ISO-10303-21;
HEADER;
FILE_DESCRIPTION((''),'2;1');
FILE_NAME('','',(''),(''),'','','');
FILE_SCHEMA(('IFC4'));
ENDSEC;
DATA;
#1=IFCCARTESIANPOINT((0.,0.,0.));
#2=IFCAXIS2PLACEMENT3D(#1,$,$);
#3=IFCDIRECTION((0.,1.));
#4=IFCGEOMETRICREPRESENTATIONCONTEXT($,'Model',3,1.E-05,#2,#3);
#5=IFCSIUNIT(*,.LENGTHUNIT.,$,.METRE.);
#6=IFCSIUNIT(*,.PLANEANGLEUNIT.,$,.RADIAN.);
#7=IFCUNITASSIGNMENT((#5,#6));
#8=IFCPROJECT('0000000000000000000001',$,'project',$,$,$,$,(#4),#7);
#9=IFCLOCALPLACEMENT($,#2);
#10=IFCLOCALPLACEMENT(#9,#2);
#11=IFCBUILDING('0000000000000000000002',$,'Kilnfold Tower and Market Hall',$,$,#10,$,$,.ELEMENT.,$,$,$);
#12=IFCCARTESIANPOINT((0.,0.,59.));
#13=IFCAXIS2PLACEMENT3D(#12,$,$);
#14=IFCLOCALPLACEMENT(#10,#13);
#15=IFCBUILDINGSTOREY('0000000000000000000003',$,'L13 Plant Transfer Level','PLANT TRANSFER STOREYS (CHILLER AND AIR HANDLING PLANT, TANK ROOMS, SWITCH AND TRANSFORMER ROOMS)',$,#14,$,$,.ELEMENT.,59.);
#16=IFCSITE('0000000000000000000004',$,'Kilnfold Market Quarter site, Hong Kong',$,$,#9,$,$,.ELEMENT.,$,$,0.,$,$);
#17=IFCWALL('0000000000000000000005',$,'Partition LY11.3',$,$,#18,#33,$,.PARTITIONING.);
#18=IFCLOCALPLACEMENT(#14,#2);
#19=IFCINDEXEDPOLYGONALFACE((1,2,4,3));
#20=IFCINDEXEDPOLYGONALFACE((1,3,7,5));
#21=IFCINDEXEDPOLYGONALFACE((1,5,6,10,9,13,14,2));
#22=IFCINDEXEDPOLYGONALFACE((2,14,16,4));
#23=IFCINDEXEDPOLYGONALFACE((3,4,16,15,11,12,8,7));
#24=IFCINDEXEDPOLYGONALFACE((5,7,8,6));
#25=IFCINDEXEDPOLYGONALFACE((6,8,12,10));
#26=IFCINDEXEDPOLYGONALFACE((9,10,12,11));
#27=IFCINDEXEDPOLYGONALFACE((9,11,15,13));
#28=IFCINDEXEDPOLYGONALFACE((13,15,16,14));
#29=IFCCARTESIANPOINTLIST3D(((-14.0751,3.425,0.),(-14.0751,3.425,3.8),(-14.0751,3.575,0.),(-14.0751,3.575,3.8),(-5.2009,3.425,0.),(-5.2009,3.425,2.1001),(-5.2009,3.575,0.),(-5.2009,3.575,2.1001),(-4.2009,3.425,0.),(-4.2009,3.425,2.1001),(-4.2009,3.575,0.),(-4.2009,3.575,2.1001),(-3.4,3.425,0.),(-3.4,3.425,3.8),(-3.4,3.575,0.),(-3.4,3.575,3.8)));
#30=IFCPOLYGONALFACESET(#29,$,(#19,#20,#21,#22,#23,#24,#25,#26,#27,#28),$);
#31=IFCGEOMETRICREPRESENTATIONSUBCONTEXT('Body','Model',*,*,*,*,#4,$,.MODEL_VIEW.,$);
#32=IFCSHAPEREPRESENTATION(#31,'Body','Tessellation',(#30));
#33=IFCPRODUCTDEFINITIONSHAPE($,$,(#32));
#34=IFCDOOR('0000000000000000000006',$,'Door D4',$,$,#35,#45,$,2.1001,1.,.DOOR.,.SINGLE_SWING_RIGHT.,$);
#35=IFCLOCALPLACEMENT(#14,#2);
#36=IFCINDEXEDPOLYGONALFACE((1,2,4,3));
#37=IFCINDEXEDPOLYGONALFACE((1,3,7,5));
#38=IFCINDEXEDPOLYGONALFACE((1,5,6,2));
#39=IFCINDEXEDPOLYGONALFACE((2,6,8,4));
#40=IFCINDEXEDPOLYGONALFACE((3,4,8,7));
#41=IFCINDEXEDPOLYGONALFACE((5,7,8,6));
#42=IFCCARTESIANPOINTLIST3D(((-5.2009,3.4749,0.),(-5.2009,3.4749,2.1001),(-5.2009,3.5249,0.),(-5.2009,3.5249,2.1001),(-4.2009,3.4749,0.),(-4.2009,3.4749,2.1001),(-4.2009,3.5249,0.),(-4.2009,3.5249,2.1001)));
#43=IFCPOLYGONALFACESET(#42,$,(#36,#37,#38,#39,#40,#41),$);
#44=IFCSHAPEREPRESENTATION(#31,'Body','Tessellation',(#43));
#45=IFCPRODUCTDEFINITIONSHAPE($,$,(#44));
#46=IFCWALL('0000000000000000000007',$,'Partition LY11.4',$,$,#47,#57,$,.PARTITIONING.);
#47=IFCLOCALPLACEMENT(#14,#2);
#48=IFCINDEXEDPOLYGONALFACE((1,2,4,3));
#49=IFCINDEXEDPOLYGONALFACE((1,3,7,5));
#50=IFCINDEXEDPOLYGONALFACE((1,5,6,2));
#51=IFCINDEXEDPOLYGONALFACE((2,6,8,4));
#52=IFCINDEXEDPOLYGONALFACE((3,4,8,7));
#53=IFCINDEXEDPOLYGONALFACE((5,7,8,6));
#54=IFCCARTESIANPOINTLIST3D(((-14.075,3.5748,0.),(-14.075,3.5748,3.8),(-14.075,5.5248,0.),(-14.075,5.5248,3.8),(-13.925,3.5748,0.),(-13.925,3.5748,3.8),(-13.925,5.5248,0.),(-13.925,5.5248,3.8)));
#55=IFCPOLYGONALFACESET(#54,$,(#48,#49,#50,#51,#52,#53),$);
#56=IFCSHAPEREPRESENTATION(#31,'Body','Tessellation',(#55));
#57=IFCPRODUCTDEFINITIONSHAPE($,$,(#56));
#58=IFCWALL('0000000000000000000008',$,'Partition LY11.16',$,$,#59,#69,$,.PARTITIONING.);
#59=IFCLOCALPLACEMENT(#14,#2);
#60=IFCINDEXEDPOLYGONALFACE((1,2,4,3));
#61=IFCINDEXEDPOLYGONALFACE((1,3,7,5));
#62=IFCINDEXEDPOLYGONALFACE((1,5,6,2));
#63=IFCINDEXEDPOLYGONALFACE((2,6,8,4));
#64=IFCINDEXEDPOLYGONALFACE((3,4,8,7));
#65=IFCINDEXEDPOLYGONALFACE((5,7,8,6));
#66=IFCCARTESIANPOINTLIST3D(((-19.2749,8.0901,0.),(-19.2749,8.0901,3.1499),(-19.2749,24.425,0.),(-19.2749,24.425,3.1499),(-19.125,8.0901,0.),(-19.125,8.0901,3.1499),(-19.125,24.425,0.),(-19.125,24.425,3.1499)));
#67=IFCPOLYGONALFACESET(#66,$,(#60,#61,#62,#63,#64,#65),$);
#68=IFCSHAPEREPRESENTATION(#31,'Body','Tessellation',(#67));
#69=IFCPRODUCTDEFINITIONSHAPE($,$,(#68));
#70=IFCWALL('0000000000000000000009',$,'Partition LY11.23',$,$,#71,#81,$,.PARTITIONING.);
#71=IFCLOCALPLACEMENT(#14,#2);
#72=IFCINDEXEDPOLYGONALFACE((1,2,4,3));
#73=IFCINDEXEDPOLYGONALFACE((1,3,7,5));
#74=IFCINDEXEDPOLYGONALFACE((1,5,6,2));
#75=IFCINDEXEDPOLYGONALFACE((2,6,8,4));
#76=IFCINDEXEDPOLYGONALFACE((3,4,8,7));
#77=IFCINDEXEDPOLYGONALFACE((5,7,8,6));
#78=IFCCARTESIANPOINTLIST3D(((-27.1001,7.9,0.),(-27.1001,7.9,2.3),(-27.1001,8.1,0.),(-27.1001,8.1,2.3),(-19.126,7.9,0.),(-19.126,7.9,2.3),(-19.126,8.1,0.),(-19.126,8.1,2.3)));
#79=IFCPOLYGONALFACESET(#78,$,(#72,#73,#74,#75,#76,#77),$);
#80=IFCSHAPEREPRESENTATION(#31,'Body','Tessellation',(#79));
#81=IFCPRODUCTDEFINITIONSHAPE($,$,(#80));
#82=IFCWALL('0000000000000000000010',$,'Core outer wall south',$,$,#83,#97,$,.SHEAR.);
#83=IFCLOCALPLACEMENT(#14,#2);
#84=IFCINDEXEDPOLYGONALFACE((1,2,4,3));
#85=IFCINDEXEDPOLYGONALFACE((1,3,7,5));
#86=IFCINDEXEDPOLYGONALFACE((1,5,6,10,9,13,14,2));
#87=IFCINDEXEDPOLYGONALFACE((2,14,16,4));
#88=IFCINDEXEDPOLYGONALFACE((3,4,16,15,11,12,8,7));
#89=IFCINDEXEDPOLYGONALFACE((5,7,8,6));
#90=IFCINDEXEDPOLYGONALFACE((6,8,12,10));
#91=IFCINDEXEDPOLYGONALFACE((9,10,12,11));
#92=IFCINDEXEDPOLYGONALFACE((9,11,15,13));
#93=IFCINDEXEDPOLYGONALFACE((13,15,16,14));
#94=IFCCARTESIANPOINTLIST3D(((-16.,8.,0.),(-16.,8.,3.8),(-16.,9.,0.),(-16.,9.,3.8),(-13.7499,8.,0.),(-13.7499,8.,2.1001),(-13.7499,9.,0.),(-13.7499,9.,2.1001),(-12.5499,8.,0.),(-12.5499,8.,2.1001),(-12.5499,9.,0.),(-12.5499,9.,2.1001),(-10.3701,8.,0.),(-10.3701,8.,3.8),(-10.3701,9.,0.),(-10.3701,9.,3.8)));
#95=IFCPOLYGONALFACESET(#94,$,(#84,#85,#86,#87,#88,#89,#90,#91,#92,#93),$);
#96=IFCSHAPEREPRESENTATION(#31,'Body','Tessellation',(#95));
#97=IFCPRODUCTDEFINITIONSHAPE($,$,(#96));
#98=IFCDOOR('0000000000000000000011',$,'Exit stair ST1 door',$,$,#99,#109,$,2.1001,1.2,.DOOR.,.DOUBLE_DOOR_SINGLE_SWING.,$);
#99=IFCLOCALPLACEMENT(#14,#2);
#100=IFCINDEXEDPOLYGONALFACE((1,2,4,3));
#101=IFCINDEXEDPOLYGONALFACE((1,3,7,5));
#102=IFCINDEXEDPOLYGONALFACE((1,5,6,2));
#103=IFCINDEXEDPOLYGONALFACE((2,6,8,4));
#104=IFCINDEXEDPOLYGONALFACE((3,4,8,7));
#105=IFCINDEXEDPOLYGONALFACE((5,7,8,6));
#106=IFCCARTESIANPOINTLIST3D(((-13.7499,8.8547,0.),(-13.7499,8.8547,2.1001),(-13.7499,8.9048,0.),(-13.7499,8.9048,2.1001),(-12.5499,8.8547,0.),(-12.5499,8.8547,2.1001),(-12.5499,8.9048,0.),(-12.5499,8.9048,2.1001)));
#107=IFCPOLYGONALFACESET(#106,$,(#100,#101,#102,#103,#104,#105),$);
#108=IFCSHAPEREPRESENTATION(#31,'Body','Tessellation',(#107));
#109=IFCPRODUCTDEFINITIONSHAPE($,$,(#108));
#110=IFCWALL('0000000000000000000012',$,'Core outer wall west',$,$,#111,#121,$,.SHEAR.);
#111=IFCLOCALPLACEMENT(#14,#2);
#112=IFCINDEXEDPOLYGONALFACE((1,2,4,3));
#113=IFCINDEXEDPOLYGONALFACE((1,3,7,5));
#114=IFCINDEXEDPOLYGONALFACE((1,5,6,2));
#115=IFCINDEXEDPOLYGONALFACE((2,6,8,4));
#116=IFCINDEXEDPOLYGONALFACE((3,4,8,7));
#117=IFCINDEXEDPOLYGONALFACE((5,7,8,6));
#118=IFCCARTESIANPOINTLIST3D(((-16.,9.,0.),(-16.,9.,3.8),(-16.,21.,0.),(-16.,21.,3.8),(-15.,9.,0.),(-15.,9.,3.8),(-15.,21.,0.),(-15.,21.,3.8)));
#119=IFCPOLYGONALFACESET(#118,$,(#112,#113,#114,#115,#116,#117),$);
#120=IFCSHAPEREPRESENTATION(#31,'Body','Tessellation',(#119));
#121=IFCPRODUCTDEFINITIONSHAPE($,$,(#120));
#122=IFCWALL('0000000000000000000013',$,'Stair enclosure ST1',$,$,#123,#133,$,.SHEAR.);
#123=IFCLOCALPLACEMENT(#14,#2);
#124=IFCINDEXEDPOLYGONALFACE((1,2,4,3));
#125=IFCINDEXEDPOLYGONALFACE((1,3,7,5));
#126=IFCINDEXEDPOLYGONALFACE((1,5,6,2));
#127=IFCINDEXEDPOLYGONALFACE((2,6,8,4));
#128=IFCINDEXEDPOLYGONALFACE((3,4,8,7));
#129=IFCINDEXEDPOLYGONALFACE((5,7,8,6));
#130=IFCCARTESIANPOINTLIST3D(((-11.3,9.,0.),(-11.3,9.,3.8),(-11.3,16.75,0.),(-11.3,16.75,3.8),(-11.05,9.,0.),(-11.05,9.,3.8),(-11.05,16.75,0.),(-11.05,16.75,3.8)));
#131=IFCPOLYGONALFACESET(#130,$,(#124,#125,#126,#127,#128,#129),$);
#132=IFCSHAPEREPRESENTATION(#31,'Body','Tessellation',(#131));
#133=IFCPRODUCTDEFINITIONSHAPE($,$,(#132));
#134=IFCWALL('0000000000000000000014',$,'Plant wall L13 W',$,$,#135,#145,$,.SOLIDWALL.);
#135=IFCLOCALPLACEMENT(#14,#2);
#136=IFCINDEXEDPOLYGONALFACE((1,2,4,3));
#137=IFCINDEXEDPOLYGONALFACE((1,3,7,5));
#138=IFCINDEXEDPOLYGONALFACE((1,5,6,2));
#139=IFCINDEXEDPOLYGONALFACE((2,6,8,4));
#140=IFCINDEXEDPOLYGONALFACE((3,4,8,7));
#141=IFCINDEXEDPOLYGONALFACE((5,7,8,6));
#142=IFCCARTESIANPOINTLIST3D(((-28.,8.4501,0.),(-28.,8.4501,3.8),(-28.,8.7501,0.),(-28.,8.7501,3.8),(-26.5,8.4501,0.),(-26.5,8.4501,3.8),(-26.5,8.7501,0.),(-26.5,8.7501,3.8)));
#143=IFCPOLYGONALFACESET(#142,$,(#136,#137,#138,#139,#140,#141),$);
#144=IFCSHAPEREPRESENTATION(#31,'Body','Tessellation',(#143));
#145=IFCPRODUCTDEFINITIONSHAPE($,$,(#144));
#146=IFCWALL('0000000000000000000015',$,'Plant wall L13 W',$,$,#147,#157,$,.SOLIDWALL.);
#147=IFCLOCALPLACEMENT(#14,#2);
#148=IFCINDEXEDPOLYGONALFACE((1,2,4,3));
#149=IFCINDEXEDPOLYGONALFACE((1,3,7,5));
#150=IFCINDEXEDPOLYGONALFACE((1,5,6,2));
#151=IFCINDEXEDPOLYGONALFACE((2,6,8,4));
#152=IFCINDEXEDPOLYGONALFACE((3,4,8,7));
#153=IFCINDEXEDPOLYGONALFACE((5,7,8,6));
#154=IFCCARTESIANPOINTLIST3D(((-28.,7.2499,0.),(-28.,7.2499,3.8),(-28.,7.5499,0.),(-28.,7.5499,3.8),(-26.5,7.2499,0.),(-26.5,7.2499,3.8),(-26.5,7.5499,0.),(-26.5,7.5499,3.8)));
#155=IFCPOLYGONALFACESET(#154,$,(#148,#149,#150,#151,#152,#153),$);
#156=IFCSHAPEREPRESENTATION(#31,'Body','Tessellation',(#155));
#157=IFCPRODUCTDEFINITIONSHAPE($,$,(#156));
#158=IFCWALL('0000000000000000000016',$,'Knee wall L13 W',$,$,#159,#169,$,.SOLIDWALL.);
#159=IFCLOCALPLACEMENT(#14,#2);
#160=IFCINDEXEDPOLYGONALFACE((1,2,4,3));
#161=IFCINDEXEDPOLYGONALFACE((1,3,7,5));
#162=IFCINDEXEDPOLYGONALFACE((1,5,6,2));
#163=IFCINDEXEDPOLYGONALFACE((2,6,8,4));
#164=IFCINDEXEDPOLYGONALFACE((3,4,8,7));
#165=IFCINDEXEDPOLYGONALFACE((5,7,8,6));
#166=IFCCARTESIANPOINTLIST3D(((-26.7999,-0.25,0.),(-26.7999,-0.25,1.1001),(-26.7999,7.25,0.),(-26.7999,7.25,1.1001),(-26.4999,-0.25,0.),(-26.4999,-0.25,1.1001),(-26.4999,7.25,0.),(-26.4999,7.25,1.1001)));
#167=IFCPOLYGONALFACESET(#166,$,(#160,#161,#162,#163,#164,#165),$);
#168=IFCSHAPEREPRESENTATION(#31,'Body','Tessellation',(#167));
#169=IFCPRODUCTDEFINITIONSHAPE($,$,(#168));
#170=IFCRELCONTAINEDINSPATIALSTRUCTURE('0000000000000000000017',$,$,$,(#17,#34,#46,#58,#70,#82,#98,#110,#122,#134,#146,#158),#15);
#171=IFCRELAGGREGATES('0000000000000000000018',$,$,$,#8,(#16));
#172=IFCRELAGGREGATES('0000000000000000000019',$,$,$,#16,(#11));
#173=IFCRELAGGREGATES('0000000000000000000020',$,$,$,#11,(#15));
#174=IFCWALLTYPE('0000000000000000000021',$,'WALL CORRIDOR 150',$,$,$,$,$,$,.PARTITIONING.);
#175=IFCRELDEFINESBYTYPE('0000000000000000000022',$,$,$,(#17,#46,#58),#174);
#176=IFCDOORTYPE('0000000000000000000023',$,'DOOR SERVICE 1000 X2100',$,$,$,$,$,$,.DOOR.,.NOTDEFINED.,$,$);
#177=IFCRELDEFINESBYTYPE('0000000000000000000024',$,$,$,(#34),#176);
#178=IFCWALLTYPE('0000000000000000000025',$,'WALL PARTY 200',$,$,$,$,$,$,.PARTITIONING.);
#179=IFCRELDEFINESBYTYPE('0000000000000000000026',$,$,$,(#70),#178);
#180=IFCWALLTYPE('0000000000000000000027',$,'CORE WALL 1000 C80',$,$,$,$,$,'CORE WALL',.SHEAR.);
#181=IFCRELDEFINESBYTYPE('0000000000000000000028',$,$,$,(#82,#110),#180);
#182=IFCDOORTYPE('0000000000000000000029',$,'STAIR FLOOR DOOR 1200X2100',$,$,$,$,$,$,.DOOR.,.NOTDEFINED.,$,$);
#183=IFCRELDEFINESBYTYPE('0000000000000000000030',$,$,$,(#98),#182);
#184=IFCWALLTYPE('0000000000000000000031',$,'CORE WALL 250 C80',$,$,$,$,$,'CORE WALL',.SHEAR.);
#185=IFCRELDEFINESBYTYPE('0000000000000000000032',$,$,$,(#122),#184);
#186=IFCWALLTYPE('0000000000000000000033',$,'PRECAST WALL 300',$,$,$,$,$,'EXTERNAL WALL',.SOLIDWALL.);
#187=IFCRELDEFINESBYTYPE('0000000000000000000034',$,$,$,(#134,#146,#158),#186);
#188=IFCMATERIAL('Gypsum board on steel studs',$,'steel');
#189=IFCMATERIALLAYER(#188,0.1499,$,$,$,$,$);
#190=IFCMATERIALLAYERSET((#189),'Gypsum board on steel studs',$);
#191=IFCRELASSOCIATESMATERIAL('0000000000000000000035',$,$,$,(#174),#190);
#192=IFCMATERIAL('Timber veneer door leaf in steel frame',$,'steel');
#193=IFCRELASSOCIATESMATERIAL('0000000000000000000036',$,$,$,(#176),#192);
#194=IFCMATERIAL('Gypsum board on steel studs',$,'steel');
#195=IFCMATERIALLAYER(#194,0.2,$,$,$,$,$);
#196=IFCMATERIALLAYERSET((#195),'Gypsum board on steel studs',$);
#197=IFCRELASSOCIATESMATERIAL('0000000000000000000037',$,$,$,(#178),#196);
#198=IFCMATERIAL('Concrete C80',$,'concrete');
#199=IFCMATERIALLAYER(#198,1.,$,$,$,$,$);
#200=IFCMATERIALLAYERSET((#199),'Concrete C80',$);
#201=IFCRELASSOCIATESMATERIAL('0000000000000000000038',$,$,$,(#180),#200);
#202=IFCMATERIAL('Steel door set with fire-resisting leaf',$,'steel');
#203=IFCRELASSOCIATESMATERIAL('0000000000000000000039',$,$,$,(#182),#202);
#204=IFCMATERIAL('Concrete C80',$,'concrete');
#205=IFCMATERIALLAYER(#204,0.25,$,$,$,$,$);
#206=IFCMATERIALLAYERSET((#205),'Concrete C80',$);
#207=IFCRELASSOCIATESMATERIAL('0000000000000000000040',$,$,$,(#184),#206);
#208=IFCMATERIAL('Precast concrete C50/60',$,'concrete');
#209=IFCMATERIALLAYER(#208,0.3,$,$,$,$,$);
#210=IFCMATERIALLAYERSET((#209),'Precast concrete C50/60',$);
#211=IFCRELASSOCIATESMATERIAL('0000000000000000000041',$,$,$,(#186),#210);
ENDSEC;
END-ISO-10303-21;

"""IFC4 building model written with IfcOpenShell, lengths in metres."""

from ifc_helpers import new_model, si_unit, direction, frame, frame_2d, origin, place, context, subcontext, project, spatial, rectangle, extrude, source, transform, mapped, material, layer, layer_set, type_object, element, fill, save


model = new_model("IFC4")

# Units and contexts
model_context = context("Model", 3, precision=1e-05, world=origin(), true_north=direction((0.0, 1.0)))
body_context = subcontext(model_context, "Body", "Model", "MODEL_VIEW")
ifc_project = project(units=[si_unit("LENGTHUNIT", "METRE"), si_unit("PLANEANGLEUNIT", "RADIAN")], contexts=[model_context])

# Site, building, storey
site_placement = place(None, origin())
site = spatial("IfcSite", under=ifc_project, at=site_placement, Name="Kilnfold Market Quarter site, Hong Kong", CompositionType="ELEMENT", RefElevation=0.0)
building_placement = place(site_placement, origin())
building = spatial("IfcBuilding", under=site, at=building_placement, Name="Kilnfold Tower and Market Hall", CompositionType="ELEMENT")
storey_placement = place(building_placement, frame((0.0, 0.0, 59.0)))
storey = spatial("IfcBuildingStorey", under=building, at=storey_placement, Name="L13 Plant Transfer Level", Description="PLANT TRANSFER STOREYS (CHILLER AND AIR HANDLING PLANT, TANK ROOMS, SWITCH AND TRANSFORMER ROOMS)", CompositionType="ELEMENT", Elevation=59.0)

# Wall, opening, door
ifc_material_1 = material(Name="Gypsum board on steel studs", Category="steel")
ifc_layer_1 = layer(ifc_material_1, 0.1499)
ifc_layer_set_1 = layer_set([ifc_layer_1], Name="Gypsum board on steel studs")
wall_type_1 = type_object("IfcWallType", Name="WALL CORRIDOR 150", PredefinedType="PARTITIONING", material=ifc_layer_set_1)
ifc_material_2 = material(Name="Timber veneer door leaf in steel frame", Category="steel")
door_type_1 = type_object("IfcDoorType", Name="DOOR SERVICE 1000 X2100", OperationType="NOTDEFINED", PredefinedType="DOOR", material=ifc_material_2)
wall_1_placement = place(storey_placement, frame((-14.075, 3.5, 0.0), z_axis=(0.0, 0.0, 1.0), x_axis=(1.0, 0.0, 0.0)))
wall_1 = element("IfcWall", 1, at=wall_1_placement, inside=storey, type_object=wall_type_1, Name="Partition LY11.3", PredefinedType="PARTITIONING", context=body_context, shape_type="SweptSolid", body=[
    extrude(rectangle(XDim=10.675, YDim=0.1499, at=frame_2d((5.3374, 0.0))), origin(), (0.0, 0.0, 1.0), 3.8),
])
opening_1_placement = place(wall_1_placement, frame((8.874, 0.0, 0.0)))
opening_1 = element("IfcOpeningElement", 2, at=opening_1_placement, cuts=wall_1, PredefinedType="OPENING", context=body_context, shape_type="SweptSolid", body=[
    extrude(rectangle(XDim=1.0, YDim=2.1001, at=frame_2d((0.5, 1.05))), frame((0.0, 0.085, 0.0), z_axis=(0.0, -1.0, 0.0), x_axis=(1.0, 0.0, 0.0)), (0.0, 0.0, 1.0), 0.1699),
])
door_1_placement = place(opening_1_placement, origin())
door_1 = element("IfcDoor", 3, at=door_1_placement, inside=storey, type_object=door_type_1, Name="Door D4", OperationType="SINGLE_SWING_RIGHT", OverallHeight=2.1001, OverallWidth=1.0, PredefinedType="DOOR", context=body_context, shape_type="SweptSolid", body=[
    extrude(rectangle(XDim=1.0, YDim=2.1001, at=frame_2d((0.5, 1.05))), frame((0.0, 0.0249, 0.0), z_axis=(0.0, -1.0, 0.0), x_axis=(1.0, 0.0, 0.0)), (0.0, 0.0, 1.0), 0.05),
])
fill(opening_1, door_1)

# Walls
wall_2_placement = place(storey_placement, frame((-14.0, 5.5249, 0.0), z_axis=(0.0, 0.0, 1.0), x_axis=(0.0, -1.0, 0.0)))
element("IfcWall", 4, at=wall_2_placement, inside=storey, type_object=wall_type_1, Name="Partition LY11.4", PredefinedType="PARTITIONING", context=body_context, shape_type="SweptSolid", body=[
    extrude(rectangle(XDim=1.95, YDim=0.1499, at=frame_2d((0.9751, 0.0))), origin(), (0.0, 0.0, 1.0), 3.8),
])
wall_3_placement = place(storey_placement, frame((-19.2, 8.0901, 0.0), z_axis=(0.0, 0.0, 1.0), x_axis=(0.0, 1.0, 0.0)))
element("IfcWall", 5, at=wall_3_placement, inside=storey, type_object=wall_type_1, Name="Partition LY11.16", PredefinedType="PARTITIONING", context=body_context, shape_type="SweptSolid", body=[
    extrude(rectangle(XDim=16.335, YDim=0.1499, at=frame_2d((8.1675, 0.0))), origin(), (0.0, 0.0, 1.0), 3.1499),
])
ifc_material_3 = material(Name="Gypsum board on steel studs", Category="steel")
ifc_layer_2 = layer(ifc_material_3, 0.2)
ifc_layer_set_2 = layer_set([ifc_layer_2], Name="Gypsum board on steel studs")
wall_type_2 = type_object("IfcWallType", Name="WALL PARTY 200", PredefinedType="PARTITIONING", material=ifc_layer_set_2)
wall_4_placement = place(storey_placement, frame((-27.1001, 8.0, 0.0), z_axis=(0.0, 0.0, 1.0), x_axis=(1.0, 0.0, 0.0)))
element("IfcWall", 6, at=wall_4_placement, inside=storey, type_object=wall_type_2, Name="Partition LY11.23", PredefinedType="PARTITIONING", context=body_context, shape_type="SweptSolid", body=[
    extrude(rectangle(XDim=7.9741, YDim=0.2, at=frame_2d((3.9871, 0.0))), origin(), (0.0, 0.0, 1.0), 2.3),
])

# Wall, opening, door
ifc_material_4 = material(Name="Concrete C80", Category="concrete")
ifc_layer_3 = layer(ifc_material_4, 1.0)
ifc_layer_set_3 = layer_set([ifc_layer_3], Name="Concrete C80")
wall_type_3 = type_object("IfcWallType", Name="CORE WALL 1000 C80", ElementType="CORE WALL", PredefinedType="SHEAR", material=ifc_layer_set_3)
shared_shape_1 = source(origin(), body_context, "Body", "SweptSolid", [
    extrude(rectangle(XDim=5.6299, YDim=1.0, at=frame_2d((2.8149, 0.0))), origin(), (0.0, 0.0, 1.0), 3.8),
])
wall_5_placement = place(storey_placement, frame((-16.0, 8.5, 0.0), z_axis=(0.0, 0.0, 1.0), x_axis=(1.0, 0.0, 0.0)))
wall_5 = element("IfcWall", 7, at=wall_5_placement, inside=storey, type_object=wall_type_3, Name="Core outer wall south", PredefinedType="SHEAR", context=body_context, shape_type="MappedRepresentation", body=[
    mapped(shared_shape_1, transform((0.0, 0.0, 0.0))),
])
opening_2_placement = place(wall_5_placement, frame((2.25, 0.0, 0.0)))
opening_2 = element("IfcOpeningElement", 8, at=opening_2_placement, cuts=wall_5, PredefinedType="OPENING", context=body_context, shape_type="SweptSolid", body=[
    extrude(rectangle(XDim=1.2, YDim=2.1001, at=frame_2d((0.6001, 1.05))), frame((0.0, 0.51, 0.0), z_axis=(0.0, -1.0, 0.0), x_axis=(1.0, 0.0, 0.0)), (0.0, 0.0, 1.0), 1.02),
])
ifc_material_5 = material(Name="Steel door set with fire-resisting leaf", Category="steel")
door_type_2 = type_object("IfcDoorType", Name="STAIR FLOOR DOOR 1200X2100", OperationType="NOTDEFINED", PredefinedType="DOOR", material=ifc_material_5)
door_2_placement = place(opening_2_placement, origin())
door_2 = element("IfcDoor", 9, at=door_2_placement, inside=storey, type_object=door_type_2, Name="Exit stair ST1 door", OperationType="DOUBLE_DOOR_SINGLE_SWING", OverallHeight=2.1001, OverallWidth=1.2, PredefinedType="DOOR", context=body_context, shape_type="SweptSolid", body=[
    extrude(rectangle(XDim=1.2, YDim=2.1001, at=frame_2d((0.6001, 1.05))), frame((0.0, 0.4048, 0.0), z_axis=(0.0, -1.0, 0.0), x_axis=(1.0, 0.0, 0.0)), (0.0, 0.0, 1.0), 0.05),
])
fill(opening_2, door_2)

# Walls
shared_shape_2 = source(origin(), body_context, "Body", "SweptSolid", [
    extrude(rectangle(XDim=12.0, YDim=1.0, at=frame_2d((6.0, 0.0))), origin(), (0.0, 0.0, 1.0), 3.8),
])
wall_6_placement = place(storey_placement, frame((-15.5, 9.0, 0.0), z_axis=(0.0, 0.0, 1.0), x_axis=(0.0, 1.0, 0.0)))
element("IfcWall", 10, at=wall_6_placement, inside=storey, type_object=wall_type_3, Name="Core outer wall west", PredefinedType="SHEAR", context=body_context, shape_type="MappedRepresentation", body=[
    mapped(shared_shape_2, transform((0.0, 0.0, 0.0))),
])
ifc_material_6 = material(Name="Concrete C80", Category="concrete")
ifc_layer_4 = layer(ifc_material_6, 0.25)
ifc_layer_set_4 = layer_set([ifc_layer_4], Name="Concrete C80")
wall_type_4 = type_object("IfcWallType", Name="CORE WALL 250 C80", ElementType="CORE WALL", PredefinedType="SHEAR", material=ifc_layer_set_4)
shared_shape_3 = source(origin(), body_context, "Body", "SweptSolid", [
    extrude(rectangle(XDim=7.75, YDim=0.25, at=frame_2d((3.875, 0.0))), origin(), (0.0, 0.0, 1.0), 3.8),
])
wall_7_placement = place(storey_placement, frame((-11.175, 9.0, 0.0), z_axis=(0.0, 0.0, 1.0), x_axis=(0.0, 1.0, 0.0)))
element("IfcWall", 11, at=wall_7_placement, inside=storey, type_object=wall_type_4, Name="Stair enclosure ST1", PredefinedType="SHEAR", context=body_context, shape_type="MappedRepresentation", body=[
    mapped(shared_shape_3, transform((0.0, 0.0, 0.0))),
])
ifc_material_7 = material(Name="Precast concrete C50/60", Category="concrete")
ifc_layer_5 = layer(ifc_material_7, 0.3)
ifc_layer_set_5 = layer_set([ifc_layer_5], Name="Precast concrete C50/60")
wall_type_5 = type_object("IfcWallType", Name="PRECAST WALL 300", ElementType="EXTERNAL WALL", PredefinedType="SOLIDWALL", material=ifc_layer_set_5)
shared_shape_4 = source(origin(), body_context, "Body", "SweptSolid", [
    extrude(rectangle(XDim=1.5, YDim=0.3, at=frame_2d((0.75, 0.0))), origin(), (0.0, 0.0, 1.0), 3.8),
])
for number, where, z_axis, x_axis, name in (
    (12, (-28.0, 8.6001, 0.0), (0.0, 0.0, 1.0), (1.0, 0.0, 0.0), "Plant wall L13 W"),
    (13, (-28.0, 7.3999, 0.0), (0.0, 0.0, 1.0), (1.0, 0.0, 0.0), "Plant wall L13 W"),
):
    element("IfcWall", number, at=place(storey_placement, frame(where, z_axis=z_axis, x_axis=x_axis)), inside=storey, type_object=wall_type_5, Name=name, PredefinedType="SOLIDWALL", context=body_context, shape_type="MappedRepresentation", body=[
        mapped(shared_shape_4, transform((0.0, 0.0, 0.0))),
    ])
shared_shape_5 = source(origin(), body_context, "Body", "SweptSolid", [
    extrude(rectangle(XDim=7.5, YDim=0.3, at=frame_2d((3.75, 0.0))), origin(), (0.0, 0.0, 1.0), 1.1001),
])
wall_8_placement = place(storey_placement, frame((-26.6499, 7.25, 0.0), z_axis=(0.0, 0.0, 1.0), x_axis=(0.0, -1.0, 0.0)))
element("IfcWall", 14, at=wall_8_placement, inside=storey, type_object=wall_type_5, Name="Knee wall L13 W", PredefinedType="SOLIDWALL", context=body_context, shape_type="MappedRepresentation", body=[
    mapped(shared_shape_5, transform((0.0, 0.0, 0.0))),
])

save(model, "model.ifc")
